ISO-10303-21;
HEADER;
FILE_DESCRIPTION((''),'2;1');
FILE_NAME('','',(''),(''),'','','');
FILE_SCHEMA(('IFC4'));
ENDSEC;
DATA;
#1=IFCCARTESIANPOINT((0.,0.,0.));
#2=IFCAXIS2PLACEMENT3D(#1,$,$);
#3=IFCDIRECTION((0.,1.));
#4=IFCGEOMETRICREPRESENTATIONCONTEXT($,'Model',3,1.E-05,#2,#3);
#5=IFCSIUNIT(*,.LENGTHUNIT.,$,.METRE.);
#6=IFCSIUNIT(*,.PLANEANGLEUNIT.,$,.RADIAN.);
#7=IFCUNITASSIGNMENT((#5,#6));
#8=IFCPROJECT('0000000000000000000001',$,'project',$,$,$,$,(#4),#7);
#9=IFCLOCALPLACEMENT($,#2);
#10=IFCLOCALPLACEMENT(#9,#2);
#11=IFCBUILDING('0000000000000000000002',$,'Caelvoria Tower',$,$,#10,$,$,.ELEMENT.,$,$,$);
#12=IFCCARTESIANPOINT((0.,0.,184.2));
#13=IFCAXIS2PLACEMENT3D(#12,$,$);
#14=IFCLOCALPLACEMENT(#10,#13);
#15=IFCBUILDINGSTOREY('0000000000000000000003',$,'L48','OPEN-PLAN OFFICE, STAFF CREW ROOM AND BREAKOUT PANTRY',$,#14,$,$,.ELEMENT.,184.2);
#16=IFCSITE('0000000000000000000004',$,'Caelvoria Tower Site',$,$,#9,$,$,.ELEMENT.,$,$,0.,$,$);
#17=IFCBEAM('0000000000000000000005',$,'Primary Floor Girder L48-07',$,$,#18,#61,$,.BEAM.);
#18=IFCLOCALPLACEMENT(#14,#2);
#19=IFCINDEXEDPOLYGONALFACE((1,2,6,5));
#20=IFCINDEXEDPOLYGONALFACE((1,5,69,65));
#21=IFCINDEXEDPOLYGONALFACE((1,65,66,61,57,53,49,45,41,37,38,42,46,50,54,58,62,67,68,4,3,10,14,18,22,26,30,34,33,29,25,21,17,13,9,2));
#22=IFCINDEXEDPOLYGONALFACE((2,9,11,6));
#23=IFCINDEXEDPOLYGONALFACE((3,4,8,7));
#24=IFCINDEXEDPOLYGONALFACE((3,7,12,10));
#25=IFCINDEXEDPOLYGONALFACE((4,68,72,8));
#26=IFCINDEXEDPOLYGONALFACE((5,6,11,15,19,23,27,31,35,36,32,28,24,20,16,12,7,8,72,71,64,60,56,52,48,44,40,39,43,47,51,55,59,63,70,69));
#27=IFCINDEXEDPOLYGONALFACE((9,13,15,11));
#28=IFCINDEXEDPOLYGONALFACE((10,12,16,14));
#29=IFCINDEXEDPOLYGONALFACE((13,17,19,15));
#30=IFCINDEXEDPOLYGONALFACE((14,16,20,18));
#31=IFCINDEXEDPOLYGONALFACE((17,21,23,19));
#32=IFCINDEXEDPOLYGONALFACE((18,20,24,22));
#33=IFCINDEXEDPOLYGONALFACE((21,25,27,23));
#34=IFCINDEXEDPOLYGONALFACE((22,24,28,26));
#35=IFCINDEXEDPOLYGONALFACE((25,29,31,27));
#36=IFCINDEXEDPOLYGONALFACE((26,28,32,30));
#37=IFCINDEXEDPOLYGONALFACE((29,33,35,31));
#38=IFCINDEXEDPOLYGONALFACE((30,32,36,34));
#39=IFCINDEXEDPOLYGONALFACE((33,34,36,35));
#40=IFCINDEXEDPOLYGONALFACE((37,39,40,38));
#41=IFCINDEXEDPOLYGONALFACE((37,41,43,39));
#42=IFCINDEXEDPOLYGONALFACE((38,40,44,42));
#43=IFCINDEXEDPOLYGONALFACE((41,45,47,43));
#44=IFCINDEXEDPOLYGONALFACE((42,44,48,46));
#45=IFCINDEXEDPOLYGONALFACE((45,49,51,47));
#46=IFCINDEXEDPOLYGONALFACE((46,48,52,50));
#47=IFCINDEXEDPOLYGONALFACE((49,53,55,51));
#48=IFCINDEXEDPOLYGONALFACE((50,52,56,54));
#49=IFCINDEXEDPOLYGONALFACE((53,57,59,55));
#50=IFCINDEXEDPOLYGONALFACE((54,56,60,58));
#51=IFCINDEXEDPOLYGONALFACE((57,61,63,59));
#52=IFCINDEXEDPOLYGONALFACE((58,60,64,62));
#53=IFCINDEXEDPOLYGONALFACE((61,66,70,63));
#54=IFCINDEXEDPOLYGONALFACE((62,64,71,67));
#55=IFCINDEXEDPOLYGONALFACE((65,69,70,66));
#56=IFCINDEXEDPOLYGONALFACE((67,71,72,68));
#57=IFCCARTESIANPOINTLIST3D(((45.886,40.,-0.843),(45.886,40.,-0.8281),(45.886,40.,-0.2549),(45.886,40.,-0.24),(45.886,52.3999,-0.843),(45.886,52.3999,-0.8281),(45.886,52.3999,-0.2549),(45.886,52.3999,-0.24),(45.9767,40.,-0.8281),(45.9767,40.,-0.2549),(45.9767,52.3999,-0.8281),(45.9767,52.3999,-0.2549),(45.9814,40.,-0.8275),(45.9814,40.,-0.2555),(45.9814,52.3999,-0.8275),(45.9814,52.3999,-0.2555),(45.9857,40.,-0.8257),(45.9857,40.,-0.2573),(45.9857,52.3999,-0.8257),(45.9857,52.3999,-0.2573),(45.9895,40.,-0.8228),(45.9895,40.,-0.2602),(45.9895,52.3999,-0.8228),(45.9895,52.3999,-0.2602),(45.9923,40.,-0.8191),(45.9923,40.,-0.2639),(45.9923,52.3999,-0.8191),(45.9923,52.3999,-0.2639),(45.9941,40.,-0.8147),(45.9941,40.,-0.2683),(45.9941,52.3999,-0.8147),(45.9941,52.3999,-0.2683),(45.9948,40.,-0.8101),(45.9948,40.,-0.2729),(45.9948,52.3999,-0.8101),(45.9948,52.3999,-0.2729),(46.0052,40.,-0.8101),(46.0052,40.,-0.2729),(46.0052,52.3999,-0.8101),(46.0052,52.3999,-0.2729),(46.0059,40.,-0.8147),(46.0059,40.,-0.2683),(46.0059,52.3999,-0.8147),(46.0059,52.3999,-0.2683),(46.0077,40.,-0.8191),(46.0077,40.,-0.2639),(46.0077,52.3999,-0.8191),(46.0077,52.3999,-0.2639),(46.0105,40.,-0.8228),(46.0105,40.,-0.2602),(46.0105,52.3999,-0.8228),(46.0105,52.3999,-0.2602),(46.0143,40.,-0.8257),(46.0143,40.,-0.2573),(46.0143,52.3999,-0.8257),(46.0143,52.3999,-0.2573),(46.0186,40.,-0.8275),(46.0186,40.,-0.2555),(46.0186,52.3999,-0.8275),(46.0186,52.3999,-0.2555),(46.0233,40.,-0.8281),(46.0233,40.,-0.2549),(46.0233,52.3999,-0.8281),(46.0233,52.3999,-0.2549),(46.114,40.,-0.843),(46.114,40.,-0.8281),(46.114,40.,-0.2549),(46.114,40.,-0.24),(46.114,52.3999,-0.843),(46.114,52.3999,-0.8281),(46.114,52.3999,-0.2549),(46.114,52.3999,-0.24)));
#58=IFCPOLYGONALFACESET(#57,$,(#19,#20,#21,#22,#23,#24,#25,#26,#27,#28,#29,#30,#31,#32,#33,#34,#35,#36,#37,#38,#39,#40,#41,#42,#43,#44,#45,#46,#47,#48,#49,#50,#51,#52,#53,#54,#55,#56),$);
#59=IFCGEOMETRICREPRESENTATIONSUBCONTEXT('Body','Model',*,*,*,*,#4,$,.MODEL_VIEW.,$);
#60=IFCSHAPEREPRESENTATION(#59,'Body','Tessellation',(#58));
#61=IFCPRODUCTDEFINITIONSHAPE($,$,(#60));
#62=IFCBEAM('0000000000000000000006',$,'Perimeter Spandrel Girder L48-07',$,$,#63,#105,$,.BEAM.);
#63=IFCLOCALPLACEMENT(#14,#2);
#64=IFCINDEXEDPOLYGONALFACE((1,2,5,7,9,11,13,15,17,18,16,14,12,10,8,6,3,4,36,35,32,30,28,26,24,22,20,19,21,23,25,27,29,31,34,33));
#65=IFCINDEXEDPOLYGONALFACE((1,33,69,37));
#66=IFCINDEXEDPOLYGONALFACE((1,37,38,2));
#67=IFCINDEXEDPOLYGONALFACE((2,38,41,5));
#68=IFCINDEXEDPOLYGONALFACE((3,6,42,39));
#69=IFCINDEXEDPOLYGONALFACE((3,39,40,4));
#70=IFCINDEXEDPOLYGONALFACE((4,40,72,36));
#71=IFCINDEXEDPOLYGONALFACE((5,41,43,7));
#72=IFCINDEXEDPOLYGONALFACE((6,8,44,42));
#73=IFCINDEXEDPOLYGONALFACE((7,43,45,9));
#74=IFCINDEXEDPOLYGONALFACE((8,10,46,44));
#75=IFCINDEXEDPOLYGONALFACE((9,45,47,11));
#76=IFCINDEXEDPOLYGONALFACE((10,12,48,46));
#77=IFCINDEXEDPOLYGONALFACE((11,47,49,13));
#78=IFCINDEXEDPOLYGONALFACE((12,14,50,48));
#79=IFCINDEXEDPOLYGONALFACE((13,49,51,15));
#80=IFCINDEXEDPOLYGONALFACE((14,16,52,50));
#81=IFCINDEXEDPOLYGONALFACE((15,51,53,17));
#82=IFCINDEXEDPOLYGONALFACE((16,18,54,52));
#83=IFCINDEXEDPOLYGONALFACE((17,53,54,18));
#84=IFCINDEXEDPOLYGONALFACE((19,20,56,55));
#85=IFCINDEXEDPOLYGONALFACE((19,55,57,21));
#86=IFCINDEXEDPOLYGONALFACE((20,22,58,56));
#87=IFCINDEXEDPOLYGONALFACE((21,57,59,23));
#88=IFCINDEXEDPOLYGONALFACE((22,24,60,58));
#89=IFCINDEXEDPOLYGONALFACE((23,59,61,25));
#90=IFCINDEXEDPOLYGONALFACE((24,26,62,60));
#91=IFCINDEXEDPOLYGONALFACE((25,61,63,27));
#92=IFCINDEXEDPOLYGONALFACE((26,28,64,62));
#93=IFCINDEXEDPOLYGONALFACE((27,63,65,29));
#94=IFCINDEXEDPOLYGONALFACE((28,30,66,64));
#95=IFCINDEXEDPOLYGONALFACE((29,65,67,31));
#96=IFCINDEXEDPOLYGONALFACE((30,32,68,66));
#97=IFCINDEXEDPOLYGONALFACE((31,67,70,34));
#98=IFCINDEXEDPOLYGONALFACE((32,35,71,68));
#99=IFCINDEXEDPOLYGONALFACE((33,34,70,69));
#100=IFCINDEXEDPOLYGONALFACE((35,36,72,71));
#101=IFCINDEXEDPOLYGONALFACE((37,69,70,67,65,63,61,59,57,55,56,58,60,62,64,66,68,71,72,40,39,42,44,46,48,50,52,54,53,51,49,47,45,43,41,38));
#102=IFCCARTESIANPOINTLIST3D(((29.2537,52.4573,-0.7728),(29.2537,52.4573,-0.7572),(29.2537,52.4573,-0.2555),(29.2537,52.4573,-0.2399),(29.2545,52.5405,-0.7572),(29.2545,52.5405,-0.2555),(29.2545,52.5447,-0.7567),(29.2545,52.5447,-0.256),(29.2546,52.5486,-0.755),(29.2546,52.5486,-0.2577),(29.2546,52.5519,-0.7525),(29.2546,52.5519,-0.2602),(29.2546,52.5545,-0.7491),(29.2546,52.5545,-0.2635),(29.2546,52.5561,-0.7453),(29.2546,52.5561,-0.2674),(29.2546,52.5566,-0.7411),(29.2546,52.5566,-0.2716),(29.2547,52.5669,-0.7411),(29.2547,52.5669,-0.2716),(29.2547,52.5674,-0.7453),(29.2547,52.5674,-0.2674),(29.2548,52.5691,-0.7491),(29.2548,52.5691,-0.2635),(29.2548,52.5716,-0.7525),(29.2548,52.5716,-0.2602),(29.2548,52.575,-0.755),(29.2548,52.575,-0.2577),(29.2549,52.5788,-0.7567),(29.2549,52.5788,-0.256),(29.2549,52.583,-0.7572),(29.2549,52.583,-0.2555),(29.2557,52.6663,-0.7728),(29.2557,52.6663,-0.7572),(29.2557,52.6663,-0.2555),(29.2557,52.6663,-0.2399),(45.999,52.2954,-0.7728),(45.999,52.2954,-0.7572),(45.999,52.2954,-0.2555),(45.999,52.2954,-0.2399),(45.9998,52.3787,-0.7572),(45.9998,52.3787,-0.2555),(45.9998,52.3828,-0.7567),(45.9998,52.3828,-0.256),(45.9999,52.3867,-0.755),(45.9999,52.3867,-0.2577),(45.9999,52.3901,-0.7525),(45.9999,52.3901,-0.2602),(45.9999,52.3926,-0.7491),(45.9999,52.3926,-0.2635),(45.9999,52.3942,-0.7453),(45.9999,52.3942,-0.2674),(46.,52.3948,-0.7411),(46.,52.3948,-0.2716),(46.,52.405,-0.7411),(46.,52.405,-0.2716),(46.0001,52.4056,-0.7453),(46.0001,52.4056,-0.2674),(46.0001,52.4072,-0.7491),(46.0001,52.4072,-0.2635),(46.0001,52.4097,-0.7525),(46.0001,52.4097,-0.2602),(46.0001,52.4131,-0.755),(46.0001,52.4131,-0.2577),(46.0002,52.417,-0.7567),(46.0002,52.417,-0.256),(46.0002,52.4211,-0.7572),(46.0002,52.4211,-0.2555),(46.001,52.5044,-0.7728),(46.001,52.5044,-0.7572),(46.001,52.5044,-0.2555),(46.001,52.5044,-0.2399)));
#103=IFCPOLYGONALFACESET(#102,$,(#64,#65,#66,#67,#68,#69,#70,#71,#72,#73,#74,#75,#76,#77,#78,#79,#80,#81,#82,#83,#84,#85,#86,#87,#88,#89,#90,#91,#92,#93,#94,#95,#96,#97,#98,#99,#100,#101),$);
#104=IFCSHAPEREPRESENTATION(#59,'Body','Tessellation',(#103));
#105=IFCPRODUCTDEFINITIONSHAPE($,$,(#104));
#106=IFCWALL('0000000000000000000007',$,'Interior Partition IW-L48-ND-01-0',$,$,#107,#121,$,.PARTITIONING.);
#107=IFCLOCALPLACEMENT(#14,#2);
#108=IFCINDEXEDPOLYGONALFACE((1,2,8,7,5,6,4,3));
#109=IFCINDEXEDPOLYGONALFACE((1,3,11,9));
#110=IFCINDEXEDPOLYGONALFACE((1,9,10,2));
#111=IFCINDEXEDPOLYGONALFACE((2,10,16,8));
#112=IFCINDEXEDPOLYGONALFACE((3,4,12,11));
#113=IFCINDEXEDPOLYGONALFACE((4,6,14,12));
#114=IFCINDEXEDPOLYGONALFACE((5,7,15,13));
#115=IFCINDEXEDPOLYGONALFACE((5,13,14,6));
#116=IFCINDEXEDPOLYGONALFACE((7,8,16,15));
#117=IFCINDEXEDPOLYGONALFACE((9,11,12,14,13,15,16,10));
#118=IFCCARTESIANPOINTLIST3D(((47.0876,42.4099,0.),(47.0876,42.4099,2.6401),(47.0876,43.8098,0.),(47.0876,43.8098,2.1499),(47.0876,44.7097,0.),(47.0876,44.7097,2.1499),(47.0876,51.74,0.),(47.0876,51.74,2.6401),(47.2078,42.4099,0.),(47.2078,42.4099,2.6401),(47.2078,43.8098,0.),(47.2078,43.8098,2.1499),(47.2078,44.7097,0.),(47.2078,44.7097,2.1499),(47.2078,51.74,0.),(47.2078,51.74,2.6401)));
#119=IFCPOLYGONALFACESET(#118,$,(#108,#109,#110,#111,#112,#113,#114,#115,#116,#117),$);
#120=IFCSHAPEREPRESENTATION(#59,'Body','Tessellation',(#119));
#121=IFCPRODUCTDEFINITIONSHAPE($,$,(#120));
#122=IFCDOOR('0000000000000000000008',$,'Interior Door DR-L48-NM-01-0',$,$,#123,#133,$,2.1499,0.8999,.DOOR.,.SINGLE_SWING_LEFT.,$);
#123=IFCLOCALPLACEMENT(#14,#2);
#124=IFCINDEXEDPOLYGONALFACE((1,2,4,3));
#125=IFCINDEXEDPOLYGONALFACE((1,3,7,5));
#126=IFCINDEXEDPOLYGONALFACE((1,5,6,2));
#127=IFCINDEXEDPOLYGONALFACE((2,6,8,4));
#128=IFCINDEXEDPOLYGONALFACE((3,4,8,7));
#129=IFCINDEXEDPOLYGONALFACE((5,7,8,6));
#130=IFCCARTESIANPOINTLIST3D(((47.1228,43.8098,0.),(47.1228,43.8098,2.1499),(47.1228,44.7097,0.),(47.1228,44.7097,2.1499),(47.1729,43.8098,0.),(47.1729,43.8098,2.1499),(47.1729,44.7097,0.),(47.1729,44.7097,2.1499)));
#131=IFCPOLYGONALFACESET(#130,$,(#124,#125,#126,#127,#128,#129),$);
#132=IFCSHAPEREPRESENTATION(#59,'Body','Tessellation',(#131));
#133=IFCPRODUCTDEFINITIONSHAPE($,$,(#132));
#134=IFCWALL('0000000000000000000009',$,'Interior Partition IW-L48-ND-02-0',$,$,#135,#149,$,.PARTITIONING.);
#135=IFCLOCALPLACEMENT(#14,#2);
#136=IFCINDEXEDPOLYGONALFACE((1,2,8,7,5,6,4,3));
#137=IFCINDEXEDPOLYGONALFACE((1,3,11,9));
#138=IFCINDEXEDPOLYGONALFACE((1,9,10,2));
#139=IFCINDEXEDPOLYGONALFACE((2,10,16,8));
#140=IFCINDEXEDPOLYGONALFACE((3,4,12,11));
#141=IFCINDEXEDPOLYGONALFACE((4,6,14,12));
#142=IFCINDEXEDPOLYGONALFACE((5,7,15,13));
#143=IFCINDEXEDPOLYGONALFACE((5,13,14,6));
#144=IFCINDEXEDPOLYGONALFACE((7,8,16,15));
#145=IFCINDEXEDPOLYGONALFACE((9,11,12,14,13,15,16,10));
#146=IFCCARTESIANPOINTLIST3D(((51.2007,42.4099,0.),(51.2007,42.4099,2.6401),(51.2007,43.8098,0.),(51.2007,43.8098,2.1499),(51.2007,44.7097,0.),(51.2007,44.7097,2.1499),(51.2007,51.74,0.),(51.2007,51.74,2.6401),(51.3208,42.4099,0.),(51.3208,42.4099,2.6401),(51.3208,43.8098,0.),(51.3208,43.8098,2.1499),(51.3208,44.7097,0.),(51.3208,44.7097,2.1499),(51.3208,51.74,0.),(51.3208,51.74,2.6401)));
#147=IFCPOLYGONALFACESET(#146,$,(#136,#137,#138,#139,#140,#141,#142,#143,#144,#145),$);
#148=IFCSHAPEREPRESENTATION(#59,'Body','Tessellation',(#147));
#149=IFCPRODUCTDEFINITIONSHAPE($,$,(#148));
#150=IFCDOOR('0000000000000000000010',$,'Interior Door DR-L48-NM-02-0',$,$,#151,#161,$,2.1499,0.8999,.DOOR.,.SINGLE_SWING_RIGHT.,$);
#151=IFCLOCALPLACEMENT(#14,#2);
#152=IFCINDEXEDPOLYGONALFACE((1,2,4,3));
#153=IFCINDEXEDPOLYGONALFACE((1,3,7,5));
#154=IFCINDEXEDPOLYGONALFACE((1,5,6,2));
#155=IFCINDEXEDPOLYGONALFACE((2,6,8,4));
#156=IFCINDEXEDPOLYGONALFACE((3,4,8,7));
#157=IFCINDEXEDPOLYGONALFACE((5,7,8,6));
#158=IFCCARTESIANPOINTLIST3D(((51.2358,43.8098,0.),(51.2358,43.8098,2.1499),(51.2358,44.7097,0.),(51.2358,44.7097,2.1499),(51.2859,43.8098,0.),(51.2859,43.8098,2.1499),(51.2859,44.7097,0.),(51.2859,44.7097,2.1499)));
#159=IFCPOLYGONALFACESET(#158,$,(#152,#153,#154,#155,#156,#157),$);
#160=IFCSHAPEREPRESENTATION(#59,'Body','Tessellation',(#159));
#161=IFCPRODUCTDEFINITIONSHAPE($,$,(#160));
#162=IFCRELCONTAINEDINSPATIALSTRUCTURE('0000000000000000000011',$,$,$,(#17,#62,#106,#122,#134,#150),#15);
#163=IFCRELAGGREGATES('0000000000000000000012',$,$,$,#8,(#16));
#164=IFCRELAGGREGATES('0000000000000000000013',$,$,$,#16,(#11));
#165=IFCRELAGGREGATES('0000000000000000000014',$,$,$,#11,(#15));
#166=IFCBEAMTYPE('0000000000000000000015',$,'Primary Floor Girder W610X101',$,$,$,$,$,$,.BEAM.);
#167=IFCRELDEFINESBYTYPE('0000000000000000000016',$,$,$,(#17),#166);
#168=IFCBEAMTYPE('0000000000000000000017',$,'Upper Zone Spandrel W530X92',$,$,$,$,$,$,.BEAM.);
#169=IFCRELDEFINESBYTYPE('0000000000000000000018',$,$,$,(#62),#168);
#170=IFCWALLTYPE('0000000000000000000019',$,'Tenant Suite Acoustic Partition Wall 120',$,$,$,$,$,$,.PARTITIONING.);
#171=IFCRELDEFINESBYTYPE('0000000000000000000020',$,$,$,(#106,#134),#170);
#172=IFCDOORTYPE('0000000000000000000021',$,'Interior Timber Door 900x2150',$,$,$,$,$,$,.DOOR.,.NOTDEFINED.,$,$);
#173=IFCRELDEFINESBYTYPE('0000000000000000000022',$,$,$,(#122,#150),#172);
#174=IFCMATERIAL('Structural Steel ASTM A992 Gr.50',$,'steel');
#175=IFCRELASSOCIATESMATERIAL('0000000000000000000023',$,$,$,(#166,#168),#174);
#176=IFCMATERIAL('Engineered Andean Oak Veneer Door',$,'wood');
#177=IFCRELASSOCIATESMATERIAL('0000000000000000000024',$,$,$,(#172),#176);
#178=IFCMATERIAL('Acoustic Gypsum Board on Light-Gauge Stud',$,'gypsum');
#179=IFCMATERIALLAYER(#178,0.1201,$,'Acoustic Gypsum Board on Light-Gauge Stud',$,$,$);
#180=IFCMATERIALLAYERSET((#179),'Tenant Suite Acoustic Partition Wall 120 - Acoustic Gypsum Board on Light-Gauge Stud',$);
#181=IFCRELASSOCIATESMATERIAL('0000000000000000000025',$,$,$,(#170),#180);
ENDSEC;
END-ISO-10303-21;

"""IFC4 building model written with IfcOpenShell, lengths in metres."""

from ifc_helpers import new_model, si_unit, direction, frame, frame_2d, origin, origin_2d, place, context, subcontext, project, spatial, rectangle, i_section, extrude, material, layer, layer_set, material_profile, profile_set, type_object, element, fill, save


model = new_model("IFC4")

# Units and contexts
model_context = context("Model", 3, precision=1e-05, world=origin(), true_north=direction((0.0, 1.0)))
body_context = subcontext(model_context, "Body", "Model", "MODEL_VIEW")
ifc_project = project(units=[si_unit("LENGTHUNIT", "METRE"), si_unit("PLANEANGLEUNIT", "RADIAN")], contexts=[model_context])

# Site, building, storey
site_placement = place(None, origin())
site = spatial("IfcSite", under=ifc_project, at=site_placement, Name="Caelvoria Tower Site", CompositionType="ELEMENT", RefElevation=0.0)
building_placement = place(site_placement, origin())
building = spatial("IfcBuilding", under=site, at=building_placement, Name="Caelvoria Tower", CompositionType="ELEMENT")
storey_placement = place(building_placement, frame((0.0, 0.0, 184.2)))
storey = spatial("IfcBuildingStorey", under=building, at=storey_placement, Name="L48", Description="OPEN-PLAN OFFICE, STAFF CREW ROOM AND BREAKOUT PANTRY", CompositionType="ELEMENT", Elevation=184.2)

# Beams
ifc_material_1 = material(Name="Structural Steel ASTM A992 Gr.50", Category="steel")
ifc_material_profile_1 = material_profile(ifc_material_1, i_section(OverallWidth=0.228, OverallDepth=0.603, WebThickness=0.0105, FlangeThickness=0.0149, FilletRadius=0.0181, at=origin_2d()), Name="Structural Steel ASTM A992 Gr.50")
ifc_profile_set_1 = profile_set([ifc_material_profile_1], Name="W610X101 - Structural Steel ASTM A992 Gr.50")
beam_type_1 = type_object("IfcBeamType", Name="Primary Floor Girder W610X101", PredefinedType="BEAM", material=ifc_profile_set_1)
beam_1_placement = place(storey_placement, frame((46.0, 40.0, -0.5415), z_axis=(0.0, 1.0, 0.0), x_axis=(-1.0, 0.0, 0.0)))
element("IfcBeam", 1, at=beam_1_placement, inside=storey, type_object=beam_type_1, Name="Primary Floor Girder L48-07", PredefinedType="BEAM", context=body_context, shape_type="SweptSolid", body=[
    extrude(i_section(OverallWidth=0.228, OverallDepth=0.603, WebThickness=0.0105, FlangeThickness=0.0149, FilletRadius=0.0181, at=origin_2d()), origin(), (0.0, 0.0, 1.0), 12.3999),
])
ifc_material_profile_2 = material_profile(ifc_material_1, i_section(OverallWidth=0.209, OverallDepth=0.533, WebThickness=0.0103, FlangeThickness=0.0156, FilletRadius=0.0161, at=origin_2d()), Name="Structural Steel ASTM A992 Gr.50")
ifc_profile_set_2 = profile_set([ifc_material_profile_2], Name="W530X92 - Structural Steel ASTM A992 Gr.50")
beam_type_2 = type_object("IfcBeamType", Name="Upper Zone Spandrel W530X92", PredefinedType="BEAM", material=ifc_profile_set_2)
beam_2_placement = place(storey_placement, frame((46.0, 52.3999, -0.5063), z_axis=(-0.999953, 0.009666, 0.0), x_axis=(-0.009666, -0.999953, 0.0)))
element("IfcBeam", 2, at=beam_2_placement, inside=storey, type_object=beam_type_2, Name="Perimeter Spandrel Girder L48-07", PredefinedType="BEAM", context=body_context, shape_type="SweptSolid", body=[
    extrude(i_section(OverallWidth=0.209, OverallDepth=0.533, WebThickness=0.0103, FlangeThickness=0.0156, FilletRadius=0.0161, at=origin_2d()), origin(), (0.0, 0.0, 1.0), 16.7461),
])

# Walls, openings, doors
ifc_material_2 = material(Name="Engineered Andean Oak Veneer Door", Category="wood")
door_type_1 = type_object("IfcDoorType", Name="Interior Timber Door 900x2150", OperationType="NOTDEFINED", PredefinedType="DOOR", material=ifc_material_2)
ifc_material_3 = material(Name="Acoustic Gypsum Board on Light-Gauge Stud", Category="gypsum")
ifc_layer_1 = layer(ifc_material_3, 0.1201, Name="Acoustic Gypsum Board on Light-Gauge Stud")
ifc_layer_set_1 = layer_set([ifc_layer_1], Name="Tenant Suite Acoustic Partition Wall 120 - Acoustic Gypsum Board on Light-Gauge Stud")
wall_type_1 = type_object("IfcWallType", Name="Tenant Suite Acoustic Partition Wall 120", PredefinedType="PARTITIONING", material=ifc_layer_set_1)
wall_1_placement = place(storey_placement, frame((47.1477, 42.4099, 0.0), z_axis=(0.0, 0.0, 1.0), x_axis=(0.0, 1.0, 0.0)))
wall_1 = element("IfcWall", 3, at=wall_1_placement, inside=storey, type_object=wall_type_1, Name="Interior Partition IW-L48-ND-01-0", PredefinedType="PARTITIONING", context=body_context, shape_type="SweptSolid", body=[
    extrude(rectangle(XDim=9.3301, YDim=0.1201, at=frame_2d((4.665, 0.0))), origin(), (0.0, 0.0, 1.0), 2.6401),
])
opening_1_placement = place(wall_1_placement, frame((1.3999, 0.0, 0.0)))
opening_1 = element("IfcOpeningElement", 4, at=opening_1_placement, cuts=wall_1, PredefinedType="OPENING", context=body_context, shape_type="SweptSolid", body=[
    extrude(rectangle(XDim=0.8999, YDim=2.1499, at=frame_2d((0.45, 1.075))), frame((0.0, 0.0701, 0.0), z_axis=(0.0, -1.0, 0.0), x_axis=(1.0, 0.0, 0.0)), (0.0, 0.0, 1.0), 0.1401),
])
door_1_placement = place(opening_1_placement, origin())
door_1 = element("IfcDoor", 5, at=door_1_placement, inside=storey, type_object=door_type_1, Name="Interior Door DR-L48-NM-01-0", OperationType="SINGLE_SWING_LEFT", OverallHeight=2.1499, OverallWidth=0.8999, PredefinedType="DOOR", context=body_context, shape_type="SweptSolid", body=[
    extrude(rectangle(XDim=0.8999, YDim=2.1499, at=frame_2d((0.45, 1.075))), frame((0.0, 0.0249, 0.0), z_axis=(0.0, -1.0, 0.0), x_axis=(1.0, 0.0, 0.0)), (0.0, 0.0, 1.0), 0.05),
])
fill(opening_1, door_1)
wall_2_placement = place(storey_placement, frame((51.2607, 42.4099, 0.0), z_axis=(0.0, 0.0, 1.0), x_axis=(0.0, 1.0, 0.0)))
wall_2 = element("IfcWall", 6, at=wall_2_placement, inside=storey, type_object=wall_type_1, Name="Interior Partition IW-L48-ND-02-0", PredefinedType="PARTITIONING", context=body_context, shape_type="SweptSolid", body=[
    extrude(rectangle(XDim=9.3301, YDim=0.1201, at=frame_2d((4.665, 0.0))), origin(), (0.0, 0.0, 1.0), 2.6401),
])
opening_2_placement = place(wall_2_placement, frame((1.3999, 0.0, 0.0)))
opening_2 = element("IfcOpeningElement", 7, at=opening_2_placement, cuts=wall_2, PredefinedType="OPENING", context=body_context, shape_type="SweptSolid", body=[
    extrude(rectangle(XDim=0.8999, YDim=2.1499, at=frame_2d((0.45, 1.075))), frame((0.0, 0.0701, 0.0), z_axis=(0.0, -1.0, 0.0), x_axis=(1.0, 0.0, 0.0)), (0.0, 0.0, 1.0), 0.1401),
])
door_2_placement = place(opening_2_placement, origin())
door_2 = element("IfcDoor", 8, at=door_2_placement, inside=storey, type_object=door_type_1, Name="Interior Door DR-L48-NM-02-0", OperationType="SINGLE_SWING_RIGHT", OverallHeight=2.1499, OverallWidth=0.8999, PredefinedType="DOOR", context=body_context, shape_type="SweptSolid", body=[
    extrude(rectangle(XDim=0.8999, YDim=2.1499, at=frame_2d((0.45, 1.075))), frame((0.0, 0.0249, 0.0), z_axis=(0.0, -1.0, 0.0), x_axis=(1.0, 0.0, 0.0)), (0.0, 0.0, 1.0), 0.05),
])
fill(opening_2, door_2)

save(model, "model.ifc")
